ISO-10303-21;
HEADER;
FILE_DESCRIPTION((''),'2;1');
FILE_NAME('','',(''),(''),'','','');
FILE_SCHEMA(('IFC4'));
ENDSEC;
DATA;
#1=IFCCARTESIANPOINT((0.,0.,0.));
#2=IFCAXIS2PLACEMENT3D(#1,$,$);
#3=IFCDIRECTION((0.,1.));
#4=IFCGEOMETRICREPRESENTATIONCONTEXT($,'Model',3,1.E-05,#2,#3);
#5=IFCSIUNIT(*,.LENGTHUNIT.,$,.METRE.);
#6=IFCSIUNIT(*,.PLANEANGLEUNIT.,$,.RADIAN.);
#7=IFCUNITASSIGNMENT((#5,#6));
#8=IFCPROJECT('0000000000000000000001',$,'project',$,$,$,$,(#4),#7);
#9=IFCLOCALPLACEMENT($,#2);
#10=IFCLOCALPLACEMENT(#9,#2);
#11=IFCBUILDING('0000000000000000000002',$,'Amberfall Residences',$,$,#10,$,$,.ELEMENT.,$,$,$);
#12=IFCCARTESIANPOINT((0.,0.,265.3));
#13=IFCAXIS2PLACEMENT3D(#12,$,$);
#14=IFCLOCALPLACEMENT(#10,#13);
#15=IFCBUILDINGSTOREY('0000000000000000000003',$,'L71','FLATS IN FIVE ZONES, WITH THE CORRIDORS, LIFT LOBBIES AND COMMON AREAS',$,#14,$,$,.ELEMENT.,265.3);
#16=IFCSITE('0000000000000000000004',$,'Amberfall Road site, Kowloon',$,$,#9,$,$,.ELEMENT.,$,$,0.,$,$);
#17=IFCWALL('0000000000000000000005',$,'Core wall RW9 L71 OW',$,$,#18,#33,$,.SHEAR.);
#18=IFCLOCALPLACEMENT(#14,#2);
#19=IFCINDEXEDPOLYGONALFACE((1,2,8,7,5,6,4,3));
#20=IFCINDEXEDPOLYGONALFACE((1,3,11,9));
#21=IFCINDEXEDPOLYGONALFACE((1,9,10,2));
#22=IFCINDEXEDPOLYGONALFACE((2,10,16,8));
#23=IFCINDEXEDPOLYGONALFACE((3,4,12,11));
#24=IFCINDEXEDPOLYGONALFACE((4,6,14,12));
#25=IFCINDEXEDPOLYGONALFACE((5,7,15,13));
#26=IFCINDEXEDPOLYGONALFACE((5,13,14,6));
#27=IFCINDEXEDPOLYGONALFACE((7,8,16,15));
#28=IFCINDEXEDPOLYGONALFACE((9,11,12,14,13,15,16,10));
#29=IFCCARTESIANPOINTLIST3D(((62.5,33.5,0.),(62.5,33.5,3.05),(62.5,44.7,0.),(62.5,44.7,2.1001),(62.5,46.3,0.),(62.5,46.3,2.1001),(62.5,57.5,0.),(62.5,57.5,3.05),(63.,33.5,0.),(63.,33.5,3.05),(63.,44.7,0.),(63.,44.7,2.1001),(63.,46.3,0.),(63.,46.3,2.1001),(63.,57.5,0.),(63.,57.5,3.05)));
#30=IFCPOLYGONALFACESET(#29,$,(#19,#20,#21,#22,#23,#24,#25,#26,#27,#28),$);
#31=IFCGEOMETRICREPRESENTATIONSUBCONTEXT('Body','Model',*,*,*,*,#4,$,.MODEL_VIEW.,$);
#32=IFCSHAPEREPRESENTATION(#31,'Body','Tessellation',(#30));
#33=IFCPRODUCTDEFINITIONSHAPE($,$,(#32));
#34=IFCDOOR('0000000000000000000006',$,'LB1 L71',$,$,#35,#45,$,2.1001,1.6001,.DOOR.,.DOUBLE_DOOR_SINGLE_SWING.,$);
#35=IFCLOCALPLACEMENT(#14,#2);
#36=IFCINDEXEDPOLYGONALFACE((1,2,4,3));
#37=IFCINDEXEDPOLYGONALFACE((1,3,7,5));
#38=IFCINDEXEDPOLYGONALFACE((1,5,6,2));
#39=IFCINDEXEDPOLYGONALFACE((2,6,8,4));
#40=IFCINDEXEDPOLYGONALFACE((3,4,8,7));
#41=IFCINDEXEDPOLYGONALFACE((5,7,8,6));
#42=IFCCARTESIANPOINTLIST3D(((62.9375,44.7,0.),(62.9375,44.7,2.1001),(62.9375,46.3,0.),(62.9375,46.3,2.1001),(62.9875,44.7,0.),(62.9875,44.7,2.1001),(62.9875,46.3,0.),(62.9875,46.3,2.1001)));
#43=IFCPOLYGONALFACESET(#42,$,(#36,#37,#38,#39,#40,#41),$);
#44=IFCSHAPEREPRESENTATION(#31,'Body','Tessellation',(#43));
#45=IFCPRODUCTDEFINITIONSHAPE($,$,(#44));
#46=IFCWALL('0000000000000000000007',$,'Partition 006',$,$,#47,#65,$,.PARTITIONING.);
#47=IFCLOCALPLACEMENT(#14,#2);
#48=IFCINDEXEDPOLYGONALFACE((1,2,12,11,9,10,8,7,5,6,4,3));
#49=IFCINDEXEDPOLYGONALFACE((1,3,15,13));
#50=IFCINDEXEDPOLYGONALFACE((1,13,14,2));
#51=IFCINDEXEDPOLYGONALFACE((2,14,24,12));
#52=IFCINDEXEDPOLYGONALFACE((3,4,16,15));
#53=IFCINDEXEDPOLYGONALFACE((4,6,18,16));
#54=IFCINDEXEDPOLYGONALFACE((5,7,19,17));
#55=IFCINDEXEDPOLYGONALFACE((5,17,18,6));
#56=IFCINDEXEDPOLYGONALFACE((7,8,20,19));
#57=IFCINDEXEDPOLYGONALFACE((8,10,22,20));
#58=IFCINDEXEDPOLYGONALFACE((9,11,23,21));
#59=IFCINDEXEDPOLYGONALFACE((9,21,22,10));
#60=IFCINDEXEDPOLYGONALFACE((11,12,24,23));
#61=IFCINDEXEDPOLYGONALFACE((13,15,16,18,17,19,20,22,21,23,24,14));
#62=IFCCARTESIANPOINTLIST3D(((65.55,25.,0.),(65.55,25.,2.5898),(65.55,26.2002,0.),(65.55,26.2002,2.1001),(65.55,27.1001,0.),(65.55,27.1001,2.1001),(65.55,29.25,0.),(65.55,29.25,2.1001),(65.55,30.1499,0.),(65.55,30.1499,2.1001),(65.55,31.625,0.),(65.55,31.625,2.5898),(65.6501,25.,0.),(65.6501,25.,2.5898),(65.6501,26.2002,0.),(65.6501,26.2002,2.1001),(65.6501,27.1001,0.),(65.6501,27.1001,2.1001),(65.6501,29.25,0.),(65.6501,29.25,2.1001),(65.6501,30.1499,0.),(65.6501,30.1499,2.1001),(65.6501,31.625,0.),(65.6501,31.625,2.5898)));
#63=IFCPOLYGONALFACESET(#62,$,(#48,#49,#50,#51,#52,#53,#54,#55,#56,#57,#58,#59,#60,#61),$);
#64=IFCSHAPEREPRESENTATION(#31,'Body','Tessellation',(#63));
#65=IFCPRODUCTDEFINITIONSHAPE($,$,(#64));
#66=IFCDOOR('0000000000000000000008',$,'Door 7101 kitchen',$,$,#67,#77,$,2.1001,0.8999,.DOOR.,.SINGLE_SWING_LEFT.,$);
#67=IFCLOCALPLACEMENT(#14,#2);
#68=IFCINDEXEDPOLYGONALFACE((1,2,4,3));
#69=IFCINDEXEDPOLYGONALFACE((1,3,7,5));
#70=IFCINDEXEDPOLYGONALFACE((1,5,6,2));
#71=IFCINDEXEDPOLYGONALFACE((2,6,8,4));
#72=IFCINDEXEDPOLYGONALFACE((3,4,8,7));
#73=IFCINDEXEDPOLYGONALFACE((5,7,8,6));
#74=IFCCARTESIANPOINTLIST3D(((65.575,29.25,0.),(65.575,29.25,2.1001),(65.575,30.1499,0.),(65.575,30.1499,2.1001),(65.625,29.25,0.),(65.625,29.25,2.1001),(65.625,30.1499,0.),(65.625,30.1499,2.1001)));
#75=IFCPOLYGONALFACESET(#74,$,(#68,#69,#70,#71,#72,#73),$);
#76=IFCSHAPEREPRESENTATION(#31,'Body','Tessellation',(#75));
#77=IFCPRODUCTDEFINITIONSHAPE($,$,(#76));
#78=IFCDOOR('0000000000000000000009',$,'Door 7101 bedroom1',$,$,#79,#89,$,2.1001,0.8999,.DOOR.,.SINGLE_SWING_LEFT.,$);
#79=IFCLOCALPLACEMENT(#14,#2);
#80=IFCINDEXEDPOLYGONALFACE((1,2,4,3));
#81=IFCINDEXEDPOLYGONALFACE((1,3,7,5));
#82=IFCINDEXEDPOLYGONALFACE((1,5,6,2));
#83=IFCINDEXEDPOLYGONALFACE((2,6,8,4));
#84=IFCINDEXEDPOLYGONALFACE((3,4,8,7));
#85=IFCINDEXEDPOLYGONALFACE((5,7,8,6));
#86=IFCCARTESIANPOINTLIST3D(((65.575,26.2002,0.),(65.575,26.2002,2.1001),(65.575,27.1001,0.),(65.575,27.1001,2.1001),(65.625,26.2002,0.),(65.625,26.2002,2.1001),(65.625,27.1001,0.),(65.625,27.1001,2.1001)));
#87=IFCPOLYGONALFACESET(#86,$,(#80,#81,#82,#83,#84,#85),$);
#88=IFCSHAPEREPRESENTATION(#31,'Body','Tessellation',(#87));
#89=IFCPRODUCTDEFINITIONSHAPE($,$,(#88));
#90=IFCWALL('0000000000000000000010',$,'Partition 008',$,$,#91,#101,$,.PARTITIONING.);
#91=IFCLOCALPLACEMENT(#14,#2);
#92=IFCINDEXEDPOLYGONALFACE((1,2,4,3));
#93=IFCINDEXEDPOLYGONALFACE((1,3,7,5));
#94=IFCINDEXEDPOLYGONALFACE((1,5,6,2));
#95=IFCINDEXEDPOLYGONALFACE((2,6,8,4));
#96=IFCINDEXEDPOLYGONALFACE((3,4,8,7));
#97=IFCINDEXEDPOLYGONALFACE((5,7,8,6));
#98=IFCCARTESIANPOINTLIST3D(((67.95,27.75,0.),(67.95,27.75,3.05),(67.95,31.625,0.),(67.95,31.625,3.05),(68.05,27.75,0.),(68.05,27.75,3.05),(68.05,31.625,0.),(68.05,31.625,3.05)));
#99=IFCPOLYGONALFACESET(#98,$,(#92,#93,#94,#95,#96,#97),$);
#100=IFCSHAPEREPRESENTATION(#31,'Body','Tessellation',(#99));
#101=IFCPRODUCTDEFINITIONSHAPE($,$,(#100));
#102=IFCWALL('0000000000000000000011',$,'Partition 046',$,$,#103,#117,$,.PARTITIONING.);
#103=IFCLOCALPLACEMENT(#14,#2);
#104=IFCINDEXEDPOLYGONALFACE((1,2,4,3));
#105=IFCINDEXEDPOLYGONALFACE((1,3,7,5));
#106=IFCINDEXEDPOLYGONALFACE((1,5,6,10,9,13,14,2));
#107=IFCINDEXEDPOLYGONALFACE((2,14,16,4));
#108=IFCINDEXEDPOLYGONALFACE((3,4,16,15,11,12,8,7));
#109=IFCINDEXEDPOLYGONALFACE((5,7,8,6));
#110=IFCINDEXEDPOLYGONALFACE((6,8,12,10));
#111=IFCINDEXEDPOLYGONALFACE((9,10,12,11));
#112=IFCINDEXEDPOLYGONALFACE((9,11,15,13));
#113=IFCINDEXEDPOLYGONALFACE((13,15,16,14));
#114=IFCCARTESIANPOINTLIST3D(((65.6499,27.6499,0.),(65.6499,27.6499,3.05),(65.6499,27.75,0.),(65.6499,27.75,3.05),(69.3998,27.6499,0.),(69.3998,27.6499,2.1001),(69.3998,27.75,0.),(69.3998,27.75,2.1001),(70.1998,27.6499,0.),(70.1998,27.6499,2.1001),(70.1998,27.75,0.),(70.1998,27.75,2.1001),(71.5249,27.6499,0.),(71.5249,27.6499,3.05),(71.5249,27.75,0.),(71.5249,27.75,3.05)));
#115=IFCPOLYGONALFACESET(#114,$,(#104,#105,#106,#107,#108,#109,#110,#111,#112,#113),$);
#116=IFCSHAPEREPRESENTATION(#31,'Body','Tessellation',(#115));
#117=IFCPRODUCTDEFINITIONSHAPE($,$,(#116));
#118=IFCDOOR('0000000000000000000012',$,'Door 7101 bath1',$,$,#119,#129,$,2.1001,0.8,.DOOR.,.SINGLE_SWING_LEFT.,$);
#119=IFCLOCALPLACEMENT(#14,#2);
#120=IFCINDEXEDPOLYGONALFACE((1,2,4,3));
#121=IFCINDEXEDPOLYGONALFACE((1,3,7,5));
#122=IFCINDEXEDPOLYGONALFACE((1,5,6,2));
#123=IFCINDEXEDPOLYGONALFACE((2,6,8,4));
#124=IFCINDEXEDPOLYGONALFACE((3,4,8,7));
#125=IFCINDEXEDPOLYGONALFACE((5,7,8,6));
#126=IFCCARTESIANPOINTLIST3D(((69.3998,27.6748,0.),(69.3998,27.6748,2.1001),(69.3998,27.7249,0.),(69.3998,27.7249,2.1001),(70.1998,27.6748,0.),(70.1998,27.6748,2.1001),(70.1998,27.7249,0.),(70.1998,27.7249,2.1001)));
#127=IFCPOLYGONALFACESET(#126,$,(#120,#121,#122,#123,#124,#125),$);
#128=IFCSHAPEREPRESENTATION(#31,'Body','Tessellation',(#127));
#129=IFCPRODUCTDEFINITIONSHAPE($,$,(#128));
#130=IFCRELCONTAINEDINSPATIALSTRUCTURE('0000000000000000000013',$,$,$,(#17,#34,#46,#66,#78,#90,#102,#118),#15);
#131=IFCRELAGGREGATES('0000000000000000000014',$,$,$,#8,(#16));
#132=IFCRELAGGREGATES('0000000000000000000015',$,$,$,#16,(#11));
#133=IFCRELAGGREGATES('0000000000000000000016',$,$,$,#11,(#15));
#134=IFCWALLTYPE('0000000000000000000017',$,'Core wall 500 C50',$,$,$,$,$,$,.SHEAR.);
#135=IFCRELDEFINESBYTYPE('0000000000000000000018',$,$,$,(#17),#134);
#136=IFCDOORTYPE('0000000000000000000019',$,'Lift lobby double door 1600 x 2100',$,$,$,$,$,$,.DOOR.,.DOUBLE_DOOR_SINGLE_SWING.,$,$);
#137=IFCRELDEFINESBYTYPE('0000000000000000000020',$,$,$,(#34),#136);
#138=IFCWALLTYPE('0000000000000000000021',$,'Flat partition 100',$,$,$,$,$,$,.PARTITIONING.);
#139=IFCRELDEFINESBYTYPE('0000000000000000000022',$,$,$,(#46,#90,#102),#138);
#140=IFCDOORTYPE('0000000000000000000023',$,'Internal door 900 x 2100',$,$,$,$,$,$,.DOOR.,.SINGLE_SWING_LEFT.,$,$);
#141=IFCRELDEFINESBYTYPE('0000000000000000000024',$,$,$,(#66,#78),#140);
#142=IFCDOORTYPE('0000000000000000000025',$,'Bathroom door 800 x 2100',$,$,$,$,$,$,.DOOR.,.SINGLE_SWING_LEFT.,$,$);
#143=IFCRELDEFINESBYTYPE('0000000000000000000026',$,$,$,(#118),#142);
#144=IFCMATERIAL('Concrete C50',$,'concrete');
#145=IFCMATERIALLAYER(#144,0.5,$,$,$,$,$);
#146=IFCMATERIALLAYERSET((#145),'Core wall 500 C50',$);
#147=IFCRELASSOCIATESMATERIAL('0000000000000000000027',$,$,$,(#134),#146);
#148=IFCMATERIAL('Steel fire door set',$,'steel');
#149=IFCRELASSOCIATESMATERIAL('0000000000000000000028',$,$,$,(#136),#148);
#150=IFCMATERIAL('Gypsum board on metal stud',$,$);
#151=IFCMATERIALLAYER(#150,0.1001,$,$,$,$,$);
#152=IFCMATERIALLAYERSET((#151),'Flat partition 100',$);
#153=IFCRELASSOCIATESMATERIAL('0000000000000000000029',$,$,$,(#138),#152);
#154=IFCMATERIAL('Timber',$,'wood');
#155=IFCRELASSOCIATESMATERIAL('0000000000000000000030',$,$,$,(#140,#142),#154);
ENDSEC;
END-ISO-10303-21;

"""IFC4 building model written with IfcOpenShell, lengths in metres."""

from ifc_helpers import new_model, si_unit, direction, frame, frame_2d, origin, place, context, subcontext, project, spatial, rectangle, extrude, material, layer, layer_set, type_object, element, fill, save


model = new_model("IFC4")

# Units and contexts
model_context = context("Model", 3, precision=1e-05, world=origin(), true_north=direction((0.0, 1.0)))
body_context = subcontext(model_context, "Body", "Model", "MODEL_VIEW")
ifc_project = project(units=[si_unit("LENGTHUNIT", "METRE"), si_unit("PLANEANGLEUNIT", "RADIAN")], contexts=[model_context])

# Site, building, storey
site_placement = place(None, origin())
site = spatial("IfcSite", under=ifc_project, at=site_placement, Name="Amberfall Road site, Kowloon", CompositionType="ELEMENT", RefElevation=0.0)
building_placement = place(site_placement, origin())
building = spatial("IfcBuilding", under=site, at=building_placement, Name="Amberfall Residences", CompositionType="ELEMENT")
storey_placement = place(building_placement, frame((0.0, 0.0, 265.3)))
storey = spatial("IfcBuildingStorey", under=building, at=storey_placement, Name="L71", Description="FLATS IN FIVE ZONES, WITH THE CORRIDORS, LIFT LOBBIES AND COMMON AREAS", CompositionType="ELEMENT", Elevation=265.3)

# Shared definitions
ifc_material_1 = material(Name="Concrete C50", Category="concrete")
ifc_material_2 = material(Name="Steel fire door set", Category="steel")

# Shared definitions
ifc_layer_1 = layer(ifc_material_1, 0.5)
ifc_layer_set_1 = layer_set([ifc_layer_1], Name="Core wall 500 C50")
wall_type_1 = type_object("IfcWallType", Name="Core wall 500 C50", PredefinedType="SHEAR", material=ifc_layer_set_1)

# Wall, opening, door
wall_1_placement = place(storey_placement, frame((62.75, 33.5, 0.0), z_axis=(0.0, 0.0, 1.0), x_axis=(0.0, 1.0, 0.0)))
wall_1 = element("IfcWall", 1, at=wall_1_placement, inside=storey, type_object=wall_type_1, Name="Core wall RW9 L71 OW", PredefinedType="SHEAR", context=body_context, shape_type="SweptSolid", body=[
    extrude(rectangle(XDim=24.0, YDim=0.5, at=frame_2d((12.0, 0.0))), origin(), (0.0, 0.0, 1.0), 3.05),
])
opening_1_placement = place(wall_1_placement, frame((11.2, 0.0, 0.0)))
opening_1 = element("IfcOpeningElement", 2, at=opening_1_placement, cuts=wall_1, PredefinedType="OPENING", context=body_context, shape_type="SweptSolid", body=[
    extrude(rectangle(XDim=1.6001, YDim=2.1001, at=frame_2d((0.8, 1.05))), frame((0.0, 0.26, 0.0), z_axis=(0.0, -1.0, 0.0), x_axis=(1.0, 0.0, 0.0)), (0.0, 0.0, 1.0), 0.52),
])
door_type_1 = type_object("IfcDoorType", Name="Lift lobby double door 1600 x 2100", OperationType="DOUBLE_DOOR_SINGLE_SWING", PredefinedType="DOOR", material=ifc_material_2)
door_1_placement = place(opening_1_placement, origin())
door_1 = element("IfcDoor", 3, at=door_1_placement, inside=storey, type_object=door_type_1, Name="LB1 L71", OperationType="DOUBLE_DOOR_SINGLE_SWING", OverallHeight=2.1001, OverallWidth=1.6001, PredefinedType="DOOR", context=body_context, shape_type="SweptSolid", body=[
    extrude(rectangle(XDim=1.6001, YDim=2.1001, at=frame_2d((0.8, 1.05))), frame((0.0, -0.1875, 0.0), z_axis=(0.0, -1.0, 0.0), x_axis=(1.0, 0.0, 0.0)), (0.0, 0.0, 1.0), 0.05),
])
fill(opening_1, door_1)

# Wall, openings, doors
ifc_material_3 = material(Name="Gypsum board on metal stud")
ifc_layer_2 = layer(ifc_material_3, 0.1001)
ifc_layer_set_2 = layer_set([ifc_layer_2], Name="Flat partition 100")
wall_type_2 = type_object("IfcWallType", Name="Flat partition 100", PredefinedType="PARTITIONING", material=ifc_layer_set_2)
wall_2_placement = place(storey_placement, frame((65.6001, 31.625, 0.0), z_axis=(0.0, 0.0, 1.0), x_axis=(0.0, -1.0, 0.0)))
wall_2 = element("IfcWall", 4, at=wall_2_placement, inside=storey, type_object=wall_type_2, Name="Partition 006", PredefinedType="PARTITIONING", context=body_context, shape_type="SweptSolid", body=[
    extrude(rectangle(XDim=6.625, YDim=0.1001, at=frame_2d((3.3125, 0.0))), origin(), (0.0, 0.0, 1.0), 2.5898),
])
opening_2_placement = place(wall_2_placement, frame((1.4751, 0.0, 0.0)))
opening_2 = element("IfcOpeningElement", 5, at=opening_2_placement, cuts=wall_2, PredefinedType="OPENING", context=body_context, shape_type="SweptSolid", body=[
    extrude(rectangle(XDim=0.8999, YDim=2.1001, at=frame_2d((0.45, 1.05))), frame((0.0, 0.0601, 0.0), z_axis=(0.0, -1.0, 0.0), x_axis=(1.0, 0.0, 0.0)), (0.0, 0.0, 1.0), 0.1201),
])
opening_3_placement = place(wall_2_placement, frame((4.5249, 0.0, 0.0)))
opening_3 = element("IfcOpeningElement", 6, at=opening_3_placement, cuts=wall_2, PredefinedType="OPENING", context=body_context, shape_type="SweptSolid", body=[
    extrude(rectangle(XDim=0.8999, YDim=2.1001, at=frame_2d((0.45, 1.05))), frame((0.0, 0.0601, 0.0), z_axis=(0.0, -1.0, 0.0), x_axis=(1.0, 0.0, 0.0)), (0.0, 0.0, 1.0), 0.1201),
])
ifc_material_4 = material(Name="Timber", Category="wood")
door_type_2 = type_object("IfcDoorType", Name="Internal door 900 x 2100", OperationType="SINGLE_SWING_LEFT", PredefinedType="DOOR", material=ifc_material_4)
door_2_placement = place(opening_2_placement, origin())
door_2 = element("IfcDoor", 7, at=door_2_placement, inside=storey, type_object=door_type_2, Name="Door 7101 kitchen", OperationType="SINGLE_SWING_LEFT", OverallHeight=2.1001, OverallWidth=0.8999, PredefinedType="DOOR", context=body_context, shape_type="SweptSolid", body=[
    extrude(rectangle(XDim=0.8999, YDim=2.1001, at=frame_2d((0.45, 1.05))), frame((0.0, 0.0249, 0.0), z_axis=(0.0, -1.0, 0.0), x_axis=(1.0, 0.0, 0.0)), (0.0, 0.0, 1.0), 0.05),
])
fill(opening_2, door_2)
door_3_placement = place(opening_3_placement, origin())
door_3 = element("IfcDoor", 8, at=door_3_placement, inside=storey, type_object=door_type_2, Name="Door 7101 bedroom1", OperationType="SINGLE_SWING_LEFT", OverallHeight=2.1001, OverallWidth=0.8999, PredefinedType="DOOR", context=body_context, shape_type="SweptSolid", body=[
    extrude(rectangle(XDim=0.8999, YDim=2.1001, at=frame_2d((0.45, 1.05))), frame((0.0, 0.0249, 0.0), z_axis=(0.0, -1.0, 0.0), x_axis=(1.0, 0.0, 0.0)), (0.0, 0.0, 1.0), 0.05),
])
fill(opening_3, door_3)

# Wall
wall_3_placement = place(storey_placement, frame((68.0, 27.75, 0.0), z_axis=(0.0, 0.0, 1.0), x_axis=(0.0, 1.0, 0.0)))
element("IfcWall", 9, at=wall_3_placement, inside=storey, type_object=wall_type_2, Name="Partition 008", PredefinedType="PARTITIONING", context=body_context, shape_type="SweptSolid", body=[
    extrude(rectangle(XDim=3.875, YDim=0.1001, at=frame_2d((1.9375, 0.0))), origin(), (0.0, 0.0, 1.0), 3.05),
])

# Wall, opening, door
wall_4_placement = place(storey_placement, frame((65.6499, 27.7, 0.0), z_axis=(0.0, 0.0, 1.0), x_axis=(1.0, 0.0, 0.0)))
wall_4 = element("IfcWall", 10, at=wall_4_placement, inside=storey, type_object=wall_type_2, Name="Partition 046", PredefinedType="PARTITIONING", context=body_context, shape_type="SweptSolid", body=[
    extrude(rectangle(XDim=5.875, YDim=0.1001, at=frame_2d((2.9375, 0.0))), origin(), (0.0, 0.0, 1.0), 3.05),
])
opening_4_placement = place(wall_4_placement, frame((3.75, 0.0, 0.0)))
opening_4 = element("IfcOpeningElement", 11, at=opening_4_placement, cuts=wall_4, PredefinedType="OPENING", context=body_context, shape_type="SweptSolid", body=[
    extrude(rectangle(XDim=0.8, YDim=2.1001, at=frame_2d((0.3999, 1.05))), frame((0.0, 0.0601, 0.0), z_axis=(0.0, -1.0, 0.0), x_axis=(1.0, 0.0, 0.0)), (0.0, 0.0, 1.0), 0.1201),
])
door_type_3 = type_object("IfcDoorType", Name="Bathroom door 800 x 2100", OperationType="SINGLE_SWING_LEFT", PredefinedType="DOOR", material=ifc_material_4)
door_4_placement = place(opening_4_placement, origin())
door_4 = element("IfcDoor", 12, at=door_4_placement, inside=storey, type_object=door_type_3, Name="Door 7101 bath1", OperationType="SINGLE_SWING_LEFT", OverallHeight=2.1001, OverallWidth=0.8, PredefinedType="DOOR", context=body_context, shape_type="SweptSolid", body=[
    extrude(rectangle(XDim=0.8, YDim=2.1001, at=frame_2d((0.3999, 1.05))), frame((0.0, 0.0249, 0.0), z_axis=(0.0, -1.0, 0.0), x_axis=(1.0, 0.0, 0.0)), (0.0, 0.0, 1.0), 0.05),
])
fill(opening_4, door_4)

save(model, "model.ifc")
